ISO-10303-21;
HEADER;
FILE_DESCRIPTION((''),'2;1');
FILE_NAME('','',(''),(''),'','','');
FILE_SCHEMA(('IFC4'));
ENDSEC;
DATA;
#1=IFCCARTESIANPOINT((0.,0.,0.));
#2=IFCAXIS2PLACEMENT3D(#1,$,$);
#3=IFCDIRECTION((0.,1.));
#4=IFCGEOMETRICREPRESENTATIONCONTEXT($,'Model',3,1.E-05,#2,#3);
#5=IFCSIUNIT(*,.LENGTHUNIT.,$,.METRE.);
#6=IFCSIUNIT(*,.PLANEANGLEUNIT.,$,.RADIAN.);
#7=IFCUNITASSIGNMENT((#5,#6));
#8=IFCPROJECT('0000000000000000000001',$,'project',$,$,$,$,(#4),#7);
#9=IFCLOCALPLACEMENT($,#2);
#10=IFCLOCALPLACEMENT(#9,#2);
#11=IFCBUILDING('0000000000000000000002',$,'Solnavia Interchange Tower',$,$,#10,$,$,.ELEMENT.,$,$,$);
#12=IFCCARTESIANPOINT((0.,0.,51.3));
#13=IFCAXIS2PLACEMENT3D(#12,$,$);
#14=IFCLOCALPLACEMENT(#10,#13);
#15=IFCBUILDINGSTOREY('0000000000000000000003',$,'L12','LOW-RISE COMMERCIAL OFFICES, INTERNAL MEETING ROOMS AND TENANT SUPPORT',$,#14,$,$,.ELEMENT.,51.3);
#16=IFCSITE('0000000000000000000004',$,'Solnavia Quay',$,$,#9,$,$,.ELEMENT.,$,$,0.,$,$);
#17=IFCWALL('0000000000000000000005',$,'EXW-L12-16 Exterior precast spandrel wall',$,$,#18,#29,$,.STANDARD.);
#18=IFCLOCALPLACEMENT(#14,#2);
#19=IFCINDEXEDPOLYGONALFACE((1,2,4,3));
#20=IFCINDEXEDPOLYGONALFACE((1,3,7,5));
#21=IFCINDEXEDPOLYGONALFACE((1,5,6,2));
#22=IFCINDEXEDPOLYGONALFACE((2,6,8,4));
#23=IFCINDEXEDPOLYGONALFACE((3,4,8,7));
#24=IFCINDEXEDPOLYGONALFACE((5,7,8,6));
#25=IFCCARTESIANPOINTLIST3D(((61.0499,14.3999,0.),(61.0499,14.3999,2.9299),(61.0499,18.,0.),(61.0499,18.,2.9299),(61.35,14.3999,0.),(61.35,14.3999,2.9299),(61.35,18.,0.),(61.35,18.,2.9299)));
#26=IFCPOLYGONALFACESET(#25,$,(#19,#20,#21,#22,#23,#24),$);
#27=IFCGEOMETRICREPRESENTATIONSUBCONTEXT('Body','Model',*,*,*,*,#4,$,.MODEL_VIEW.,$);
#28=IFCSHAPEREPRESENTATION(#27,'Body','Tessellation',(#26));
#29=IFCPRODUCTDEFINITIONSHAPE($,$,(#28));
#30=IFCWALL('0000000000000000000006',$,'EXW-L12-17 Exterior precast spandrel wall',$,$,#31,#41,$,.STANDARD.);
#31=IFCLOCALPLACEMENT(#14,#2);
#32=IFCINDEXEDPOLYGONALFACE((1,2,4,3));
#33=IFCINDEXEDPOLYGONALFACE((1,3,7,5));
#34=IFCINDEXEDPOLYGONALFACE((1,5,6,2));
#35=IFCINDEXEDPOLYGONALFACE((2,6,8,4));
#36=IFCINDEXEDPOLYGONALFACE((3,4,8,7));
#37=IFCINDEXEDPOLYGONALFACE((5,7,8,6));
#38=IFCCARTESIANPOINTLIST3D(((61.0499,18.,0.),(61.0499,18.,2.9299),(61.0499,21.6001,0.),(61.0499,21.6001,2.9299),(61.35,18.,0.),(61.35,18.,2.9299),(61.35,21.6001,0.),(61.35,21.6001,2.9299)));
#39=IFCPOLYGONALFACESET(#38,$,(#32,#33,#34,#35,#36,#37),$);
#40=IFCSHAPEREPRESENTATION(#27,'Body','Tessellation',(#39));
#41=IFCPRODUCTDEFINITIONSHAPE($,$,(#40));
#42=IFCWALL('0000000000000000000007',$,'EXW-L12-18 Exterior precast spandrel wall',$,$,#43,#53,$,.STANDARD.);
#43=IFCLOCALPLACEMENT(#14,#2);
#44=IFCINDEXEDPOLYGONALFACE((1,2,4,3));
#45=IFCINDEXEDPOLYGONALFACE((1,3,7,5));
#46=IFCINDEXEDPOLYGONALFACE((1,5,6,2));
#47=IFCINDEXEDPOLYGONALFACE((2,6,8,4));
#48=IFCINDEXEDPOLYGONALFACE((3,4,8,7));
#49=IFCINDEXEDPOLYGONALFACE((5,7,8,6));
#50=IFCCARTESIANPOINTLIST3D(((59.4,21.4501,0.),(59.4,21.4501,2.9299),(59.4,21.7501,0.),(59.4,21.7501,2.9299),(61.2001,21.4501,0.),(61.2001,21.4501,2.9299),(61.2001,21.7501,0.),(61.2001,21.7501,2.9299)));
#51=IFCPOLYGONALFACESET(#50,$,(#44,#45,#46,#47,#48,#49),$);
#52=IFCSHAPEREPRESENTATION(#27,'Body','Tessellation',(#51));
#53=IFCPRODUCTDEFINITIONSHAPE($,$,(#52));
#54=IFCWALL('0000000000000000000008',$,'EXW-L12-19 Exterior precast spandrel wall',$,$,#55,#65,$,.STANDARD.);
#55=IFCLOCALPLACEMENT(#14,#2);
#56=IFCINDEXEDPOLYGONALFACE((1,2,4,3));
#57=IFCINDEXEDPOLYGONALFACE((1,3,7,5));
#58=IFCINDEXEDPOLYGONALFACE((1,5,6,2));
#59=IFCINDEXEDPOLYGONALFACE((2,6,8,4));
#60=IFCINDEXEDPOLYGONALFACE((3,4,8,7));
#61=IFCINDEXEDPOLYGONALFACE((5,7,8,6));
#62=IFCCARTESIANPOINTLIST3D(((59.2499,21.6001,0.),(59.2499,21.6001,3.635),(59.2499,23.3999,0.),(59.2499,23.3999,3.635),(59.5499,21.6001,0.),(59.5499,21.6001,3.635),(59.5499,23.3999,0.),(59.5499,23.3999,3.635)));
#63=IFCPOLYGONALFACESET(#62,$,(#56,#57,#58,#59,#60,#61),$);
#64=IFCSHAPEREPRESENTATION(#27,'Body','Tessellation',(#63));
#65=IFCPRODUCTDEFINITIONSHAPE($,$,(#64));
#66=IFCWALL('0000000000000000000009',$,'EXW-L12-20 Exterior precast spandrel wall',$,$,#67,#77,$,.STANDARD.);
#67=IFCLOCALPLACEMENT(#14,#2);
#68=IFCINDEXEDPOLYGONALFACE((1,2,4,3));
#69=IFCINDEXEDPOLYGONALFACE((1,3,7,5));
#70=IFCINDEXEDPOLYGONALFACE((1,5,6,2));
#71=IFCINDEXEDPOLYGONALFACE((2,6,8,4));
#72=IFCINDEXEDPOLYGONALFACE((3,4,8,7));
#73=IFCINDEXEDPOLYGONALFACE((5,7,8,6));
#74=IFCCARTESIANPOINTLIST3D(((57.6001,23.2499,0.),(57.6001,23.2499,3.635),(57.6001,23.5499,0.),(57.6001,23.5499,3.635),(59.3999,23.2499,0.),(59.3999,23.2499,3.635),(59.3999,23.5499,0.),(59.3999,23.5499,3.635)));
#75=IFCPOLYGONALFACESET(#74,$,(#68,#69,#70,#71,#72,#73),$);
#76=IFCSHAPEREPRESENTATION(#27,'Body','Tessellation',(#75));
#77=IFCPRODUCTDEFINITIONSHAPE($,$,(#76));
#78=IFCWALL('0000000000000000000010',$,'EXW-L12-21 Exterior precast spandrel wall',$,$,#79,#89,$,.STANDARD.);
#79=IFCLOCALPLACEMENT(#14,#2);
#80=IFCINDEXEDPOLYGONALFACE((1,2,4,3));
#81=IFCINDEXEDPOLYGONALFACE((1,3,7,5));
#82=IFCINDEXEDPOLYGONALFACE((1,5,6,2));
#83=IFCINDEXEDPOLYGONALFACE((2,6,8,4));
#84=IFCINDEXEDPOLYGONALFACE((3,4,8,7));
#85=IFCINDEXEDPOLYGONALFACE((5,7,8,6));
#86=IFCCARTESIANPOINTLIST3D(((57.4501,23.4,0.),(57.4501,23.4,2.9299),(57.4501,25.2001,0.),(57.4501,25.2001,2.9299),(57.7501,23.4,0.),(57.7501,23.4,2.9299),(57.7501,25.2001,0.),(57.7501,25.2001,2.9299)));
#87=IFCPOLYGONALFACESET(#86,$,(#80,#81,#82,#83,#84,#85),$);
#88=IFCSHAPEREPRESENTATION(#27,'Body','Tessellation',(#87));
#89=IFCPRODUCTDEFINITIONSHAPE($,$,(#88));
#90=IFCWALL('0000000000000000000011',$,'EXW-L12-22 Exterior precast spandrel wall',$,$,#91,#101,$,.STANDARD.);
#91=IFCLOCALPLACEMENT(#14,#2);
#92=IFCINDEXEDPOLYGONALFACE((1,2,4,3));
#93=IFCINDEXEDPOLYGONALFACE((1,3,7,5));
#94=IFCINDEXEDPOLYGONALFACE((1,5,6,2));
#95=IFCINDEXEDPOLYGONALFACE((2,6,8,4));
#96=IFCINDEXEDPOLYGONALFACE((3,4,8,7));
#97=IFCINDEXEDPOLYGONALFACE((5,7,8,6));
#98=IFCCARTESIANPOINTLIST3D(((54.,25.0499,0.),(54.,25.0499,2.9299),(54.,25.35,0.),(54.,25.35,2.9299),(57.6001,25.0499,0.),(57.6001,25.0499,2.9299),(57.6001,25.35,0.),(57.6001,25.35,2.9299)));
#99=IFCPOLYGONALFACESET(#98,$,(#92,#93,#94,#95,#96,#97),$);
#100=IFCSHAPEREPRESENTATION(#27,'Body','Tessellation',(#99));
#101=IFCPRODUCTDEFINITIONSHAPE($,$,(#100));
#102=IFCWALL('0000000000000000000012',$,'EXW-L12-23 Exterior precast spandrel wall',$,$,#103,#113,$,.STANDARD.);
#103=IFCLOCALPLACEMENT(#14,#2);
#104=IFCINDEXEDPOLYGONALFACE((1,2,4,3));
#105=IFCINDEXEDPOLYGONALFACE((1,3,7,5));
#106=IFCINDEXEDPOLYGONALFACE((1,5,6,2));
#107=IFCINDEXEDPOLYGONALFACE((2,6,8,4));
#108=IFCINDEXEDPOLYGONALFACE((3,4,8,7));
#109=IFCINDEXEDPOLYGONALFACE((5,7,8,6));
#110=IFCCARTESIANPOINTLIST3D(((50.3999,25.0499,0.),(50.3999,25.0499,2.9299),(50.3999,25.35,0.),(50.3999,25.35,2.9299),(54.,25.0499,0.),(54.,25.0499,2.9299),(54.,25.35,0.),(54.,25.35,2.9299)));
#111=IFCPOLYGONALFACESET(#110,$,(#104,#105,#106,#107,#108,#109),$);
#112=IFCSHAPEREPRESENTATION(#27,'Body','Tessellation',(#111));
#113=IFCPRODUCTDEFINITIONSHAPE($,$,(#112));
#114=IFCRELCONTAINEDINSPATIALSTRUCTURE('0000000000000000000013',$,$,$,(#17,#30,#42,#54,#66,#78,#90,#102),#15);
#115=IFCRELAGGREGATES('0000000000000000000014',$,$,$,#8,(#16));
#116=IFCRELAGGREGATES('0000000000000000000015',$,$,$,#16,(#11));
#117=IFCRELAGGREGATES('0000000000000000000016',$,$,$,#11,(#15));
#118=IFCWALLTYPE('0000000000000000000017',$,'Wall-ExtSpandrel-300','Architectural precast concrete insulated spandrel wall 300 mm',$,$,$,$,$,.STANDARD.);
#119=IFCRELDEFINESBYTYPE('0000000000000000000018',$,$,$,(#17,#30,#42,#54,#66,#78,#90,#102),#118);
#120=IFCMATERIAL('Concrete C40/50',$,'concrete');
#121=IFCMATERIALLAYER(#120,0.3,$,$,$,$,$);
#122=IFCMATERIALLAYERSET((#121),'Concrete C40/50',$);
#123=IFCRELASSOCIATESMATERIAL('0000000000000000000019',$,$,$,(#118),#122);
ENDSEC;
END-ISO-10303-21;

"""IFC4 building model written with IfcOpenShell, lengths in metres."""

from ifc_helpers import new_model, si_unit, direction, frame, frame_2d, origin, place, context, subcontext, project, spatial, rectangle, extrude, material, layer, layer_set, type_object, element, save


model = new_model("IFC4")

# Units and contexts
model_context = context("Model", 3, precision=1e-05, world=origin(), true_north=direction((0.0, 1.0)))
body_context = subcontext(model_context, "Body", "Model", "MODEL_VIEW")
ifc_project = project(units=[si_unit("LENGTHUNIT", "METRE"), si_unit("PLANEANGLEUNIT", "RADIAN")], contexts=[model_context])

# Site, building, storey
site_placement = place(None, origin())
site = spatial("IfcSite", under=ifc_project, at=site_placement, Name="Solnavia Quay", CompositionType="ELEMENT", RefElevation=0.0)
building_placement = place(site_placement, origin())
building = spatial("IfcBuilding", under=site, at=building_placement, Name="Solnavia Interchange Tower", CompositionType="ELEMENT")
storey_placement = place(building_placement, frame((0.0, 0.0, 51.3)))
storey = spatial("IfcBuildingStorey", under=building, at=storey_placement, Name="L12", Description="LOW-RISE COMMERCIAL OFFICES, INTERNAL MEETING ROOMS AND TENANT SUPPORT", CompositionType="ELEMENT", Elevation=51.3)

# Walls
ifc_material_1 = material(Name="Concrete C40/50", Category="concrete")
ifc_layer_1 = layer(ifc_material_1, 0.3)
ifc_layer_set_1 = layer_set([ifc_layer_1], Name="Concrete C40/50")
wall_type_1 = type_object("IfcWallType", Name="Wall-ExtSpandrel-300", Description="Architectural precast concrete insulated spandrel wall 300 mm", PredefinedType="STANDARD", material=ifc_layer_set_1)
for number, where, z_axis, x_axis, name in (
    (1, (61.2, 18.0, 0.0), (0.0, 0.0, 1.0), (0.0, -1.0, 0.0), "EXW-L12-16 Exterior precast spandrel wall"),
    (2, (61.2, 21.6001, 0.0), (0.0, 0.0, 1.0), (0.0, -1.0, 0.0), "EXW-L12-17 Exterior precast spandrel wall"),
):
    element("IfcWall", number, at=place(storey_placement, frame(where, z_axis=z_axis, x_axis=x_axis)), inside=storey, type_object=wall_type_1, Name=name, PredefinedType="STANDARD", context=body_context, shape_type="SweptSolid", body=[
        extrude(rectangle(XDim=3.6001, YDim=0.3, at=frame_2d((1.8, 0.0))), origin(), (0.0, 0.0, 1.0), 2.9299),
    ])
wall_1_placement = place(storey_placement, frame((61.2, 21.6001, 0.0), z_axis=(0.0, 0.0, 1.0), x_axis=(-1.0, 0.0, 0.0)))
element("IfcWall", 3, at=wall_1_placement, inside=storey, type_object=wall_type_1, Name="EXW-L12-18 Exterior precast spandrel wall", PredefinedType="STANDARD", context=body_context, shape_type="SweptSolid", body=[
    extrude(rectangle(XDim=1.8, YDim=0.3, at=frame_2d((0.8999, 0.0))), origin(), (0.0, 0.0, 1.0), 2.9299),
])
for number, where, z_axis, x_axis, name in (
    (4, (59.3999, 23.3999, 0.0), (0.0, 0.0, 1.0), (0.0, -1.0, 0.0), "EXW-L12-19 Exterior precast spandrel wall"),
    (5, (57.6001, 23.3999, 0.0), (0.0, 0.0, 1.0), (1.0, 0.0, 0.0), "EXW-L12-20 Exterior precast spandrel wall"),
):
    element("IfcWall", number, at=place(storey_placement, frame(where, z_axis=z_axis, x_axis=x_axis)), inside=storey, type_object=wall_type_1, Name=name, PredefinedType="STANDARD", context=body_context, shape_type="SweptSolid", body=[
        extrude(rectangle(XDim=1.7998, YDim=0.3, at=frame_2d((0.8999, 0.0))), origin(), (0.0, 0.0, 1.0), 3.635),
    ])
wall_2_placement = place(storey_placement, frame((57.6001, 25.2, 0.0), z_axis=(0.0, 0.0, 1.0), x_axis=(0.0, -1.0, 0.0)))
element("IfcWall", 6, at=wall_2_placement, inside=storey, type_object=wall_type_1, Name="EXW-L12-21 Exterior precast spandrel wall", PredefinedType="STANDARD", context=body_context, shape_type="SweptSolid", body=[
    extrude(rectangle(XDim=1.8, YDim=0.3, at=frame_2d((0.8999, 0.0))), origin(), (0.0, 0.0, 1.0), 2.9299),
])
for number, where, z_axis, x_axis, name in (
    (7, (54.0, 25.2, 0.0), (0.0, 0.0, 1.0), (1.0, 0.0, 0.0), "EXW-L12-22 Exterior precast spandrel wall"),
    (8, (50.3999, 25.2, 0.0), (0.0, 0.0, 1.0), (1.0, 0.0, 0.0), "EXW-L12-23 Exterior precast spandrel wall"),
):
    element("IfcWall", number, at=place(storey_placement, frame(where, z_axis=z_axis, x_axis=x_axis)), inside=storey, type_object=wall_type_1, Name=name, PredefinedType="STANDARD", context=body_context, shape_type="SweptSolid", body=[
        extrude(rectangle(XDim=3.6001, YDim=0.3, at=frame_2d((1.8, 0.0))), origin(), (0.0, 0.0, 1.0), 2.9299),
    ])

save(model, "model.ifc")
